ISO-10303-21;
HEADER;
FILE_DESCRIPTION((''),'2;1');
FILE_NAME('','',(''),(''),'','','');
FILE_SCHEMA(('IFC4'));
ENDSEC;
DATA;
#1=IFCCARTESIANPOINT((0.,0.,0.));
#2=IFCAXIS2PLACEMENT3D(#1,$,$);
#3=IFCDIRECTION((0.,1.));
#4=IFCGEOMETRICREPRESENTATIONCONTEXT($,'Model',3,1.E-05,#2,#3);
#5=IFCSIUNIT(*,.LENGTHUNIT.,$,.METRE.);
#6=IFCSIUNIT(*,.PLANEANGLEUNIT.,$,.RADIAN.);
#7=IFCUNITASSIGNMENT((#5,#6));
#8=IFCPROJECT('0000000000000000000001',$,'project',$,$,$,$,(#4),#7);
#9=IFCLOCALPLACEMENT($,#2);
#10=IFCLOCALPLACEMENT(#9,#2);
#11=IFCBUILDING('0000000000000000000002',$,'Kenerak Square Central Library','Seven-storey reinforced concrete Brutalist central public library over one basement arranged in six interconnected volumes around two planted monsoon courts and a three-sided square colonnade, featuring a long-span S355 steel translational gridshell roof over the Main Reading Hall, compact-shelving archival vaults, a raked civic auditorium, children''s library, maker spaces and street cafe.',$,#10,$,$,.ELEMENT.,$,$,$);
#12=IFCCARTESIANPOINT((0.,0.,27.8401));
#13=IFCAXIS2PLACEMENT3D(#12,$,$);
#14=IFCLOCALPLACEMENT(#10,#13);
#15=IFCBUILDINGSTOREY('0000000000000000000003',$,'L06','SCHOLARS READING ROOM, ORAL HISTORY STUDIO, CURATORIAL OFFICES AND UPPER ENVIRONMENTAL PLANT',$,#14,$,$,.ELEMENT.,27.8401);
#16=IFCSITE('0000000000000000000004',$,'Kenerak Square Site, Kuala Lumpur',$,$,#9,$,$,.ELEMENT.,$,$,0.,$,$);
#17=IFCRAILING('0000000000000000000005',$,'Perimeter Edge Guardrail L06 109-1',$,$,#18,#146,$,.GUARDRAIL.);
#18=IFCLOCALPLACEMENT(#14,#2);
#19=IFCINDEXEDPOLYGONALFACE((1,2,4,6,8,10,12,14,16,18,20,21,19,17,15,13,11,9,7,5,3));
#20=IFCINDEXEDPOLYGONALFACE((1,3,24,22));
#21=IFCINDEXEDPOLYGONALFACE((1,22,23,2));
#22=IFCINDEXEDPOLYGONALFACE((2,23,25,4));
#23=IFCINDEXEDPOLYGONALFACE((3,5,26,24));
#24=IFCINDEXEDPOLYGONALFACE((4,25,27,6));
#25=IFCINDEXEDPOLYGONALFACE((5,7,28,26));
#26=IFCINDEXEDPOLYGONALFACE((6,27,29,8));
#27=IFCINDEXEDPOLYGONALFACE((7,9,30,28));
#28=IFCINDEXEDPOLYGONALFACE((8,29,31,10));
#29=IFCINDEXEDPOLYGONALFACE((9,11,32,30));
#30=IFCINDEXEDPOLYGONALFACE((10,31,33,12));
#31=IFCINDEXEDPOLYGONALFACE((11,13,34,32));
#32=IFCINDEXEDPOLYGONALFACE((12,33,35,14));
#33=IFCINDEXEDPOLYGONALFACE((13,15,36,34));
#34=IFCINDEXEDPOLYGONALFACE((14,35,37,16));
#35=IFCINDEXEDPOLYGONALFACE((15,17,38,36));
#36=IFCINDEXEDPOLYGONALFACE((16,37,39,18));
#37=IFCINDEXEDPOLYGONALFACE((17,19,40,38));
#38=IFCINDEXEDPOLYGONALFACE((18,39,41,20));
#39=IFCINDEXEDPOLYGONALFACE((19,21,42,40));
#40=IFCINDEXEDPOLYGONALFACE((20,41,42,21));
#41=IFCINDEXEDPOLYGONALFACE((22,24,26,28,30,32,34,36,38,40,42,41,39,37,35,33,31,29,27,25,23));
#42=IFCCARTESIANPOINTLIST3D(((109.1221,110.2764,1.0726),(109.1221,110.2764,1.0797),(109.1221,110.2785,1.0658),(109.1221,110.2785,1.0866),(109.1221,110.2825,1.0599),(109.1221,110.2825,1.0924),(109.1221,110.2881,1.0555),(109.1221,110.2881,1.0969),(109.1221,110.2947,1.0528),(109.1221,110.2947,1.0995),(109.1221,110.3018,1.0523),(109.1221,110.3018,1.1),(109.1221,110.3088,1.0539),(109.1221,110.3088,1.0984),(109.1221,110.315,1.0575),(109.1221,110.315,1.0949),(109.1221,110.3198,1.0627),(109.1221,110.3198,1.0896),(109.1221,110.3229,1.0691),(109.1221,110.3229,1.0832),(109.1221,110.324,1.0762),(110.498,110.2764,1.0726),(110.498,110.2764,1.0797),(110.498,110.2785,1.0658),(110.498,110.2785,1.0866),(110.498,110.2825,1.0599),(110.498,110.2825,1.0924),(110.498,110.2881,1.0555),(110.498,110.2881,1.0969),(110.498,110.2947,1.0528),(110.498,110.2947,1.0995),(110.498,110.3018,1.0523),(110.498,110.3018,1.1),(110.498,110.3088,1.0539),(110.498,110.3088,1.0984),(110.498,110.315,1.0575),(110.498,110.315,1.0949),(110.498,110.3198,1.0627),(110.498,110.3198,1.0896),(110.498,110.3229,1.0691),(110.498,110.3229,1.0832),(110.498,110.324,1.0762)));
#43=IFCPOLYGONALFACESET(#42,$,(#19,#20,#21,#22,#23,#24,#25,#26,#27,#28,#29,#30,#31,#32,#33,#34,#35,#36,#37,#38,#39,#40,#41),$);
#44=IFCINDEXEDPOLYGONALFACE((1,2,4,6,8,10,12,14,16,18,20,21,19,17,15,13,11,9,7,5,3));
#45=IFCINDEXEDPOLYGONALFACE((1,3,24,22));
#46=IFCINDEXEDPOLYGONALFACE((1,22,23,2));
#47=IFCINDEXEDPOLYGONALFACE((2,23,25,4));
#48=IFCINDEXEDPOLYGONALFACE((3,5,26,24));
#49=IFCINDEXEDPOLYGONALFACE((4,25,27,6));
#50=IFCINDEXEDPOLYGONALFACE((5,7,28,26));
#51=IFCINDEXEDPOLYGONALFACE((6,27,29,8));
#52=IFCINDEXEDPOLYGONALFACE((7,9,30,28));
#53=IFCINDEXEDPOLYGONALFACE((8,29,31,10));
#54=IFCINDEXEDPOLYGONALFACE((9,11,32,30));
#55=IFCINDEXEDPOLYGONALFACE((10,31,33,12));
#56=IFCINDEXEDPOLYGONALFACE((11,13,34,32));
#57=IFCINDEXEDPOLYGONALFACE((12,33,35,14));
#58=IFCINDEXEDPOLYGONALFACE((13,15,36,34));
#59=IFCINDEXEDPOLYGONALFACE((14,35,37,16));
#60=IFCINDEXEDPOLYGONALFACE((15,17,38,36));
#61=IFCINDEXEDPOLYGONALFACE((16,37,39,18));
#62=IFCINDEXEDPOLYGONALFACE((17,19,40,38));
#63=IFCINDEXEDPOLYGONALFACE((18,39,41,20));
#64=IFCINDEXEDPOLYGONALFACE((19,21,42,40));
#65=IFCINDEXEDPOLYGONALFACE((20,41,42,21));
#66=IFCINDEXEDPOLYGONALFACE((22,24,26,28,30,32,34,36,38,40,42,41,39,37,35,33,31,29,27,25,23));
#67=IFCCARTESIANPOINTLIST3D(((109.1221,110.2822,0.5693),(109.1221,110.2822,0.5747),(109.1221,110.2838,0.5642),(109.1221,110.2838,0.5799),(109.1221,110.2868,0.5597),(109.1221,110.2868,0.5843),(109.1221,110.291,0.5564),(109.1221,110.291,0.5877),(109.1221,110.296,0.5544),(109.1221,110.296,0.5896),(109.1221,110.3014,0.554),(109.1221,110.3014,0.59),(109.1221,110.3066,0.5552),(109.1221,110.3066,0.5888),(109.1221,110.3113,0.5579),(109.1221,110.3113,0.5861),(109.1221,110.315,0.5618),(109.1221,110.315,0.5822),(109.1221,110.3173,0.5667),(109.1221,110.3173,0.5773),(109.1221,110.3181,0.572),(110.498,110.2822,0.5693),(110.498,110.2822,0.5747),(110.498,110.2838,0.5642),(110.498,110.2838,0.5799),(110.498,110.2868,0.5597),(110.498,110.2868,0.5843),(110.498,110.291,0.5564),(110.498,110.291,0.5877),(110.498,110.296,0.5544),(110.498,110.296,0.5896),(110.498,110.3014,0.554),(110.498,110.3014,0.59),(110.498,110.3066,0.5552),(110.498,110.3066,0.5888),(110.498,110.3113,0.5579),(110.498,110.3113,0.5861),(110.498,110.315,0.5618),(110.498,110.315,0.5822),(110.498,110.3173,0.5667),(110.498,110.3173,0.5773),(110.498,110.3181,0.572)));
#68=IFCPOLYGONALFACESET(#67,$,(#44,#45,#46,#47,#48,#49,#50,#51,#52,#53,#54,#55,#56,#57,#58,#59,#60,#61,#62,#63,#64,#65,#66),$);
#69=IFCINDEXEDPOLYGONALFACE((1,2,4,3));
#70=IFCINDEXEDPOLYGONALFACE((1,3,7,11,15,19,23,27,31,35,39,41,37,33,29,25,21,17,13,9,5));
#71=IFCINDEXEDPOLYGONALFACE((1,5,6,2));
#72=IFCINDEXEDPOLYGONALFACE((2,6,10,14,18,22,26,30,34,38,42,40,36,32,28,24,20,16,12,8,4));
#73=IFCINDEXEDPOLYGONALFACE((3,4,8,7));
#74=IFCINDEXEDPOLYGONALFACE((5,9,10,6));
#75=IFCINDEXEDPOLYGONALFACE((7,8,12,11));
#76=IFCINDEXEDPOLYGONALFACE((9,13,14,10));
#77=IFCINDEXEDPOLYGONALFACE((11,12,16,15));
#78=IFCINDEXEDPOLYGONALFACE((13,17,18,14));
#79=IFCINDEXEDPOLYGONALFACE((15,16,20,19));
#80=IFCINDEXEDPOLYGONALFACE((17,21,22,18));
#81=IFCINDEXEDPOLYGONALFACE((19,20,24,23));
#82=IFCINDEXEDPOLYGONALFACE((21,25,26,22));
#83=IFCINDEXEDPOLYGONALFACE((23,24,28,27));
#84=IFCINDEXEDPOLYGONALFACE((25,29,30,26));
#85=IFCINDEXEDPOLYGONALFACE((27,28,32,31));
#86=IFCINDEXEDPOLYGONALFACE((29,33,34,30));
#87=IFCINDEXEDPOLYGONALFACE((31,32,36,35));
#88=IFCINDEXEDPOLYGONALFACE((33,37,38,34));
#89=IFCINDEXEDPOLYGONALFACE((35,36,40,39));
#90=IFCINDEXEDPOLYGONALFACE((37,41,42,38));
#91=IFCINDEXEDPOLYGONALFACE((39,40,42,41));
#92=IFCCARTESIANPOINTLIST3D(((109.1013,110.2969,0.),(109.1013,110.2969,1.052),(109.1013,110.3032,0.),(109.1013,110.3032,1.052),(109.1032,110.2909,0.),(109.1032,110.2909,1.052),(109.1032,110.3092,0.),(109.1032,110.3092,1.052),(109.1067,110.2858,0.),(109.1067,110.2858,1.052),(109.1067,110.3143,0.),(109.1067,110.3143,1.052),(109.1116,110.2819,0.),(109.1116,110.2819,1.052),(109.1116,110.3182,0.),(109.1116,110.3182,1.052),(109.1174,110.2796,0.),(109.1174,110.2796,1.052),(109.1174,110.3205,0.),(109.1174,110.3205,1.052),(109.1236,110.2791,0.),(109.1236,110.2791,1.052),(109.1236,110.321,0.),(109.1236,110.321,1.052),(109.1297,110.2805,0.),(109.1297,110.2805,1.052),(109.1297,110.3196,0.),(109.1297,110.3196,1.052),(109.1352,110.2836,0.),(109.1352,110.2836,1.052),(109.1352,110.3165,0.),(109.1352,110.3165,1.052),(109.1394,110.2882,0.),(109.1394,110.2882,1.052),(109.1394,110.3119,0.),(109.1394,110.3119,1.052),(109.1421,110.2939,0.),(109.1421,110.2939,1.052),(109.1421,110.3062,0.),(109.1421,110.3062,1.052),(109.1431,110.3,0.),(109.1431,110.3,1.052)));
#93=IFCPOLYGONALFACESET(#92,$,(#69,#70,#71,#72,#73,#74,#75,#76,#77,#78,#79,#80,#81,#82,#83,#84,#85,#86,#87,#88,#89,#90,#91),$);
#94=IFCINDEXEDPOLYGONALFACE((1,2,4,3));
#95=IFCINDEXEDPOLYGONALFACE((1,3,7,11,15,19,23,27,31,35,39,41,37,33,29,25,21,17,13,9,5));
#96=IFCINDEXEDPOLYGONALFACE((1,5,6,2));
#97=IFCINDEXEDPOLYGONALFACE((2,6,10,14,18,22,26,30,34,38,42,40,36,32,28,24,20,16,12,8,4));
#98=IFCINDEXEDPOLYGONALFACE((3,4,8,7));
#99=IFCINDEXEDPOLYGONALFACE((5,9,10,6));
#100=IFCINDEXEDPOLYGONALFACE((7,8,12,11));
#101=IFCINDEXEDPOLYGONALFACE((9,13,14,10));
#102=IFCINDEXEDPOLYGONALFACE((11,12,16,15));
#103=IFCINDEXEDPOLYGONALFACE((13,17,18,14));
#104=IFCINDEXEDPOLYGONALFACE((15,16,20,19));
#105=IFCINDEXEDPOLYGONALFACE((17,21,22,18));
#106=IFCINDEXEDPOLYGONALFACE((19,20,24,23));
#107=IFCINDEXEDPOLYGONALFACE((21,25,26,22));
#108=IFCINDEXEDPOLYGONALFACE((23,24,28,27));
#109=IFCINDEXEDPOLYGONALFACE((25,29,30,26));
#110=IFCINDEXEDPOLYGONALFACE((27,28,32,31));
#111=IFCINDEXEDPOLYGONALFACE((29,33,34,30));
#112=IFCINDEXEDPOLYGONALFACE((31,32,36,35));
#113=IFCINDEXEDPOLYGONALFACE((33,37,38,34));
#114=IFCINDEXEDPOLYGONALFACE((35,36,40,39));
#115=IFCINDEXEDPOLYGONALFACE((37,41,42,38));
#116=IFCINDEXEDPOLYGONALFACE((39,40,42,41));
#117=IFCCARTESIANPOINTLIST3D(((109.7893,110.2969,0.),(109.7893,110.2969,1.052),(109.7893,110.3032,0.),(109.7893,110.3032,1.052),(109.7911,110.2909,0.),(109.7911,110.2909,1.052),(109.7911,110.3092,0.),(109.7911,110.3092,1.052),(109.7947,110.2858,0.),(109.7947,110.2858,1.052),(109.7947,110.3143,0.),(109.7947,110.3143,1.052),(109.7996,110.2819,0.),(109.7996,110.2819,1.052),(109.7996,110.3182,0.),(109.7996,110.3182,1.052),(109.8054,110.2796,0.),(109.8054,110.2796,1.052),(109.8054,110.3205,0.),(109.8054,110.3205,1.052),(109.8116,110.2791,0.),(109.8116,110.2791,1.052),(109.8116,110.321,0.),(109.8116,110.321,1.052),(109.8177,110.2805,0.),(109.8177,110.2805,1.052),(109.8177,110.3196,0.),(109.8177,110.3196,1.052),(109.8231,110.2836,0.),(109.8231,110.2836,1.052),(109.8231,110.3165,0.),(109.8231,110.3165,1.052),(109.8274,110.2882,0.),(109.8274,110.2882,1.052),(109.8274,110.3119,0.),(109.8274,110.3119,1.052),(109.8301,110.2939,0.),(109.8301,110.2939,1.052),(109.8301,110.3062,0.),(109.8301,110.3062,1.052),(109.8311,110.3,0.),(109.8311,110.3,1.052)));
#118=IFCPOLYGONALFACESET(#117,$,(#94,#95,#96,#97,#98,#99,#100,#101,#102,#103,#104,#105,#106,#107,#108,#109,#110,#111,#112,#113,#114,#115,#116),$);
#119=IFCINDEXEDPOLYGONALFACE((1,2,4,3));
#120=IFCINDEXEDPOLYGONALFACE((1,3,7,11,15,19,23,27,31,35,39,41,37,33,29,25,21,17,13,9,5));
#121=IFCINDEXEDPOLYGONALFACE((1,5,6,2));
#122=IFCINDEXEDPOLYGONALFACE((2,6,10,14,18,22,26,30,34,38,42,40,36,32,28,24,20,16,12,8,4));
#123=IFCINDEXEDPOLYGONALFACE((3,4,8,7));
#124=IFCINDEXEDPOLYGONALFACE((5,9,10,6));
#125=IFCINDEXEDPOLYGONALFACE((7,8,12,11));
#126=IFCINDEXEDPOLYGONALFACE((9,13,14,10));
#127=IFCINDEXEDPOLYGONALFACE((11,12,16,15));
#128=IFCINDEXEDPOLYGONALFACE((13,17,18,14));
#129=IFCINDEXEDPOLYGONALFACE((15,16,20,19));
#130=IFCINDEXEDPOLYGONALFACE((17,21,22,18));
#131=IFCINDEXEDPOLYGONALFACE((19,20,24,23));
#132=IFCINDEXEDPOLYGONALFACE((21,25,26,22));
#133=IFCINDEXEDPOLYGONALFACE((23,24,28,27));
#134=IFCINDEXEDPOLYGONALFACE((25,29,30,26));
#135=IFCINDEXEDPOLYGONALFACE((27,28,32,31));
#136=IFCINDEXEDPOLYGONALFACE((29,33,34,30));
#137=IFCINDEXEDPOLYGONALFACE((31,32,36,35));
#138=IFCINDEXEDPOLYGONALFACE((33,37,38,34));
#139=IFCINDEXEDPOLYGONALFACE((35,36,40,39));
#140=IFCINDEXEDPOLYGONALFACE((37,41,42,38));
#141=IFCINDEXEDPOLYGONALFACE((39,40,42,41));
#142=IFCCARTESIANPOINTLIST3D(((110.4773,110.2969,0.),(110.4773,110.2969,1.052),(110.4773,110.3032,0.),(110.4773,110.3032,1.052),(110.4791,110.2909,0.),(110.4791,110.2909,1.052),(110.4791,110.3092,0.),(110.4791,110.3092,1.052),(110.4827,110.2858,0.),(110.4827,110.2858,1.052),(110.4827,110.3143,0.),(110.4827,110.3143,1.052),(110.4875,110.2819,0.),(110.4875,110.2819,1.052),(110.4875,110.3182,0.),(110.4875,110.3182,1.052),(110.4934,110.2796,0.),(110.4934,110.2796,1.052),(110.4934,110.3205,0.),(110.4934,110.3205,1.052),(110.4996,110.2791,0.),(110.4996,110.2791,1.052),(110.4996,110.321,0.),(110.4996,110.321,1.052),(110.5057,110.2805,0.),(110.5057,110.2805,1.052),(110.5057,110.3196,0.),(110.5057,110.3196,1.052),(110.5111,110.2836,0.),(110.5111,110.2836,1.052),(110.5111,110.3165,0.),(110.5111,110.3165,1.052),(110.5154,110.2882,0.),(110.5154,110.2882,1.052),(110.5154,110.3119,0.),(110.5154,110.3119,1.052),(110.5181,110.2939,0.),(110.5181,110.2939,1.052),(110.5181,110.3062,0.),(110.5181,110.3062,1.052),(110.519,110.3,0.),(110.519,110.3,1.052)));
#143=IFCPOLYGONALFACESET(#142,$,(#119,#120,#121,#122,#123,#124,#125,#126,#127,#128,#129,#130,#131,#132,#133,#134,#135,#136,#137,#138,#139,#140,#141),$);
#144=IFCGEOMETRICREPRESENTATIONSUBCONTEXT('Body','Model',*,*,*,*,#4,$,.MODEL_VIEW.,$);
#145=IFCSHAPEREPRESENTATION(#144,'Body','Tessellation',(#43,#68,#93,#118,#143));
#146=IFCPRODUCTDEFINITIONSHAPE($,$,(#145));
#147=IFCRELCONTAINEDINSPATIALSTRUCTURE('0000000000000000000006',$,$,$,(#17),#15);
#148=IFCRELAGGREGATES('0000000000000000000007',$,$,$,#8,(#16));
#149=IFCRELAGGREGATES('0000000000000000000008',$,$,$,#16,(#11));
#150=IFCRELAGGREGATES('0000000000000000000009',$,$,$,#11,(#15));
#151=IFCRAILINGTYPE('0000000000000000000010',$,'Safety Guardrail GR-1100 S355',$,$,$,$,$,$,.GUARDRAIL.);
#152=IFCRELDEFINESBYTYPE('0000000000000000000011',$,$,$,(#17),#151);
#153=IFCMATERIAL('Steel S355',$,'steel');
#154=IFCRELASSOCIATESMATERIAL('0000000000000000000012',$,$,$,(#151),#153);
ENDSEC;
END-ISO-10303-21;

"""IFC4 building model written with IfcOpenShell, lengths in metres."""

from ifc_helpers import new_model, si_unit, direction, frame, origin, origin_2d, place, context, subcontext, project, spatial, circle, extrude, material, type_object, element, save


model = new_model("IFC4")

# Units and contexts
model_context = context("Model", 3, precision=1e-05, world=origin(), true_north=direction((0.0, 1.0)))
body_context = subcontext(model_context, "Body", "Model", "MODEL_VIEW")
ifc_project = project(units=[si_unit("LENGTHUNIT", "METRE"), si_unit("PLANEANGLEUNIT", "RADIAN")], contexts=[model_context])

# Site, building, storey
site_placement = place(None, origin())
site = spatial("IfcSite", under=ifc_project, at=site_placement, Name="Kenerak Square Site, Kuala Lumpur", CompositionType="ELEMENT", RefElevation=0.0)
building_placement = place(site_placement, origin())
building = spatial("IfcBuilding", under=site, at=building_placement, Name="Kenerak Square Central Library", Description="Seven-storey reinforced concrete Brutalist central public library over one basement arranged in six interconnected volumes around two planted monsoon courts and a three-sided square colonnade, featuring a long-span S355 steel translational gridshell roof over the Main Reading Hall, compact-shelving archival vaults, a raked civic auditorium, children's library, maker spaces and street cafe.", CompositionType="ELEMENT")
storey_placement = place(building_placement, frame((0.0, 0.0, 27.8401)))
storey = spatial("IfcBuildingStorey", under=building, at=storey_placement, Name="L06", Description="SCHOLARS READING ROOM, ORAL HISTORY STUDIO, CURATORIAL OFFICES AND UPPER ENVIRONMENTAL PLANT", CompositionType="ELEMENT", Elevation=27.8401)

# Railing
ifc_material_1 = material(Name="Steel S355", Category="steel")
railing_type = type_object("IfcRailingType", Name="Safety Guardrail GR-1100 S355", PredefinedType="GUARDRAIL", material=ifc_material_1)
for number, where, name in (
    (1, (109.1221, 110.3, 0.0), "Perimeter Edge Guardrail L06 109-1"),
):
    element("IfcRailing", number, at=place(storey_placement, frame(where)), inside=storey, type_object=railing_type, Name=name, PredefinedType="GUARDRAIL", context=body_context, shape_type="SweptSolid", body=[
        extrude(circle(Radius=0.0239, at=origin_2d()), frame((0.0, 0.0, 1.0762), z_axis=(1.0, 0.0, 0.0), x_axis=(0.0, 1.0, 0.0)), (0.0, 0.0, 1.0), 1.376),
        extrude(circle(Radius=0.0181, at=origin_2d()), frame((0.0, 0.0, 0.572), z_axis=(1.0, 0.0, 0.0), x_axis=(0.0, 1.0, 0.0)), (0.0, 0.0, 1.0), 1.376),
        extrude(circle(Radius=0.021, at=origin_2d()), origin(), (0.0, 0.0, 1.0), 1.052),
        extrude(circle(Radius=0.021, at=origin_2d()), frame((0.688, 0.0, 0.0)), (0.0, 0.0, 1.0), 1.052),
        extrude(circle(Radius=0.021, at=origin_2d()), frame((1.376, 0.0, 0.0)), (0.0, 0.0, 1.0), 1.052),
    ])

save(model, "model.ifc")
